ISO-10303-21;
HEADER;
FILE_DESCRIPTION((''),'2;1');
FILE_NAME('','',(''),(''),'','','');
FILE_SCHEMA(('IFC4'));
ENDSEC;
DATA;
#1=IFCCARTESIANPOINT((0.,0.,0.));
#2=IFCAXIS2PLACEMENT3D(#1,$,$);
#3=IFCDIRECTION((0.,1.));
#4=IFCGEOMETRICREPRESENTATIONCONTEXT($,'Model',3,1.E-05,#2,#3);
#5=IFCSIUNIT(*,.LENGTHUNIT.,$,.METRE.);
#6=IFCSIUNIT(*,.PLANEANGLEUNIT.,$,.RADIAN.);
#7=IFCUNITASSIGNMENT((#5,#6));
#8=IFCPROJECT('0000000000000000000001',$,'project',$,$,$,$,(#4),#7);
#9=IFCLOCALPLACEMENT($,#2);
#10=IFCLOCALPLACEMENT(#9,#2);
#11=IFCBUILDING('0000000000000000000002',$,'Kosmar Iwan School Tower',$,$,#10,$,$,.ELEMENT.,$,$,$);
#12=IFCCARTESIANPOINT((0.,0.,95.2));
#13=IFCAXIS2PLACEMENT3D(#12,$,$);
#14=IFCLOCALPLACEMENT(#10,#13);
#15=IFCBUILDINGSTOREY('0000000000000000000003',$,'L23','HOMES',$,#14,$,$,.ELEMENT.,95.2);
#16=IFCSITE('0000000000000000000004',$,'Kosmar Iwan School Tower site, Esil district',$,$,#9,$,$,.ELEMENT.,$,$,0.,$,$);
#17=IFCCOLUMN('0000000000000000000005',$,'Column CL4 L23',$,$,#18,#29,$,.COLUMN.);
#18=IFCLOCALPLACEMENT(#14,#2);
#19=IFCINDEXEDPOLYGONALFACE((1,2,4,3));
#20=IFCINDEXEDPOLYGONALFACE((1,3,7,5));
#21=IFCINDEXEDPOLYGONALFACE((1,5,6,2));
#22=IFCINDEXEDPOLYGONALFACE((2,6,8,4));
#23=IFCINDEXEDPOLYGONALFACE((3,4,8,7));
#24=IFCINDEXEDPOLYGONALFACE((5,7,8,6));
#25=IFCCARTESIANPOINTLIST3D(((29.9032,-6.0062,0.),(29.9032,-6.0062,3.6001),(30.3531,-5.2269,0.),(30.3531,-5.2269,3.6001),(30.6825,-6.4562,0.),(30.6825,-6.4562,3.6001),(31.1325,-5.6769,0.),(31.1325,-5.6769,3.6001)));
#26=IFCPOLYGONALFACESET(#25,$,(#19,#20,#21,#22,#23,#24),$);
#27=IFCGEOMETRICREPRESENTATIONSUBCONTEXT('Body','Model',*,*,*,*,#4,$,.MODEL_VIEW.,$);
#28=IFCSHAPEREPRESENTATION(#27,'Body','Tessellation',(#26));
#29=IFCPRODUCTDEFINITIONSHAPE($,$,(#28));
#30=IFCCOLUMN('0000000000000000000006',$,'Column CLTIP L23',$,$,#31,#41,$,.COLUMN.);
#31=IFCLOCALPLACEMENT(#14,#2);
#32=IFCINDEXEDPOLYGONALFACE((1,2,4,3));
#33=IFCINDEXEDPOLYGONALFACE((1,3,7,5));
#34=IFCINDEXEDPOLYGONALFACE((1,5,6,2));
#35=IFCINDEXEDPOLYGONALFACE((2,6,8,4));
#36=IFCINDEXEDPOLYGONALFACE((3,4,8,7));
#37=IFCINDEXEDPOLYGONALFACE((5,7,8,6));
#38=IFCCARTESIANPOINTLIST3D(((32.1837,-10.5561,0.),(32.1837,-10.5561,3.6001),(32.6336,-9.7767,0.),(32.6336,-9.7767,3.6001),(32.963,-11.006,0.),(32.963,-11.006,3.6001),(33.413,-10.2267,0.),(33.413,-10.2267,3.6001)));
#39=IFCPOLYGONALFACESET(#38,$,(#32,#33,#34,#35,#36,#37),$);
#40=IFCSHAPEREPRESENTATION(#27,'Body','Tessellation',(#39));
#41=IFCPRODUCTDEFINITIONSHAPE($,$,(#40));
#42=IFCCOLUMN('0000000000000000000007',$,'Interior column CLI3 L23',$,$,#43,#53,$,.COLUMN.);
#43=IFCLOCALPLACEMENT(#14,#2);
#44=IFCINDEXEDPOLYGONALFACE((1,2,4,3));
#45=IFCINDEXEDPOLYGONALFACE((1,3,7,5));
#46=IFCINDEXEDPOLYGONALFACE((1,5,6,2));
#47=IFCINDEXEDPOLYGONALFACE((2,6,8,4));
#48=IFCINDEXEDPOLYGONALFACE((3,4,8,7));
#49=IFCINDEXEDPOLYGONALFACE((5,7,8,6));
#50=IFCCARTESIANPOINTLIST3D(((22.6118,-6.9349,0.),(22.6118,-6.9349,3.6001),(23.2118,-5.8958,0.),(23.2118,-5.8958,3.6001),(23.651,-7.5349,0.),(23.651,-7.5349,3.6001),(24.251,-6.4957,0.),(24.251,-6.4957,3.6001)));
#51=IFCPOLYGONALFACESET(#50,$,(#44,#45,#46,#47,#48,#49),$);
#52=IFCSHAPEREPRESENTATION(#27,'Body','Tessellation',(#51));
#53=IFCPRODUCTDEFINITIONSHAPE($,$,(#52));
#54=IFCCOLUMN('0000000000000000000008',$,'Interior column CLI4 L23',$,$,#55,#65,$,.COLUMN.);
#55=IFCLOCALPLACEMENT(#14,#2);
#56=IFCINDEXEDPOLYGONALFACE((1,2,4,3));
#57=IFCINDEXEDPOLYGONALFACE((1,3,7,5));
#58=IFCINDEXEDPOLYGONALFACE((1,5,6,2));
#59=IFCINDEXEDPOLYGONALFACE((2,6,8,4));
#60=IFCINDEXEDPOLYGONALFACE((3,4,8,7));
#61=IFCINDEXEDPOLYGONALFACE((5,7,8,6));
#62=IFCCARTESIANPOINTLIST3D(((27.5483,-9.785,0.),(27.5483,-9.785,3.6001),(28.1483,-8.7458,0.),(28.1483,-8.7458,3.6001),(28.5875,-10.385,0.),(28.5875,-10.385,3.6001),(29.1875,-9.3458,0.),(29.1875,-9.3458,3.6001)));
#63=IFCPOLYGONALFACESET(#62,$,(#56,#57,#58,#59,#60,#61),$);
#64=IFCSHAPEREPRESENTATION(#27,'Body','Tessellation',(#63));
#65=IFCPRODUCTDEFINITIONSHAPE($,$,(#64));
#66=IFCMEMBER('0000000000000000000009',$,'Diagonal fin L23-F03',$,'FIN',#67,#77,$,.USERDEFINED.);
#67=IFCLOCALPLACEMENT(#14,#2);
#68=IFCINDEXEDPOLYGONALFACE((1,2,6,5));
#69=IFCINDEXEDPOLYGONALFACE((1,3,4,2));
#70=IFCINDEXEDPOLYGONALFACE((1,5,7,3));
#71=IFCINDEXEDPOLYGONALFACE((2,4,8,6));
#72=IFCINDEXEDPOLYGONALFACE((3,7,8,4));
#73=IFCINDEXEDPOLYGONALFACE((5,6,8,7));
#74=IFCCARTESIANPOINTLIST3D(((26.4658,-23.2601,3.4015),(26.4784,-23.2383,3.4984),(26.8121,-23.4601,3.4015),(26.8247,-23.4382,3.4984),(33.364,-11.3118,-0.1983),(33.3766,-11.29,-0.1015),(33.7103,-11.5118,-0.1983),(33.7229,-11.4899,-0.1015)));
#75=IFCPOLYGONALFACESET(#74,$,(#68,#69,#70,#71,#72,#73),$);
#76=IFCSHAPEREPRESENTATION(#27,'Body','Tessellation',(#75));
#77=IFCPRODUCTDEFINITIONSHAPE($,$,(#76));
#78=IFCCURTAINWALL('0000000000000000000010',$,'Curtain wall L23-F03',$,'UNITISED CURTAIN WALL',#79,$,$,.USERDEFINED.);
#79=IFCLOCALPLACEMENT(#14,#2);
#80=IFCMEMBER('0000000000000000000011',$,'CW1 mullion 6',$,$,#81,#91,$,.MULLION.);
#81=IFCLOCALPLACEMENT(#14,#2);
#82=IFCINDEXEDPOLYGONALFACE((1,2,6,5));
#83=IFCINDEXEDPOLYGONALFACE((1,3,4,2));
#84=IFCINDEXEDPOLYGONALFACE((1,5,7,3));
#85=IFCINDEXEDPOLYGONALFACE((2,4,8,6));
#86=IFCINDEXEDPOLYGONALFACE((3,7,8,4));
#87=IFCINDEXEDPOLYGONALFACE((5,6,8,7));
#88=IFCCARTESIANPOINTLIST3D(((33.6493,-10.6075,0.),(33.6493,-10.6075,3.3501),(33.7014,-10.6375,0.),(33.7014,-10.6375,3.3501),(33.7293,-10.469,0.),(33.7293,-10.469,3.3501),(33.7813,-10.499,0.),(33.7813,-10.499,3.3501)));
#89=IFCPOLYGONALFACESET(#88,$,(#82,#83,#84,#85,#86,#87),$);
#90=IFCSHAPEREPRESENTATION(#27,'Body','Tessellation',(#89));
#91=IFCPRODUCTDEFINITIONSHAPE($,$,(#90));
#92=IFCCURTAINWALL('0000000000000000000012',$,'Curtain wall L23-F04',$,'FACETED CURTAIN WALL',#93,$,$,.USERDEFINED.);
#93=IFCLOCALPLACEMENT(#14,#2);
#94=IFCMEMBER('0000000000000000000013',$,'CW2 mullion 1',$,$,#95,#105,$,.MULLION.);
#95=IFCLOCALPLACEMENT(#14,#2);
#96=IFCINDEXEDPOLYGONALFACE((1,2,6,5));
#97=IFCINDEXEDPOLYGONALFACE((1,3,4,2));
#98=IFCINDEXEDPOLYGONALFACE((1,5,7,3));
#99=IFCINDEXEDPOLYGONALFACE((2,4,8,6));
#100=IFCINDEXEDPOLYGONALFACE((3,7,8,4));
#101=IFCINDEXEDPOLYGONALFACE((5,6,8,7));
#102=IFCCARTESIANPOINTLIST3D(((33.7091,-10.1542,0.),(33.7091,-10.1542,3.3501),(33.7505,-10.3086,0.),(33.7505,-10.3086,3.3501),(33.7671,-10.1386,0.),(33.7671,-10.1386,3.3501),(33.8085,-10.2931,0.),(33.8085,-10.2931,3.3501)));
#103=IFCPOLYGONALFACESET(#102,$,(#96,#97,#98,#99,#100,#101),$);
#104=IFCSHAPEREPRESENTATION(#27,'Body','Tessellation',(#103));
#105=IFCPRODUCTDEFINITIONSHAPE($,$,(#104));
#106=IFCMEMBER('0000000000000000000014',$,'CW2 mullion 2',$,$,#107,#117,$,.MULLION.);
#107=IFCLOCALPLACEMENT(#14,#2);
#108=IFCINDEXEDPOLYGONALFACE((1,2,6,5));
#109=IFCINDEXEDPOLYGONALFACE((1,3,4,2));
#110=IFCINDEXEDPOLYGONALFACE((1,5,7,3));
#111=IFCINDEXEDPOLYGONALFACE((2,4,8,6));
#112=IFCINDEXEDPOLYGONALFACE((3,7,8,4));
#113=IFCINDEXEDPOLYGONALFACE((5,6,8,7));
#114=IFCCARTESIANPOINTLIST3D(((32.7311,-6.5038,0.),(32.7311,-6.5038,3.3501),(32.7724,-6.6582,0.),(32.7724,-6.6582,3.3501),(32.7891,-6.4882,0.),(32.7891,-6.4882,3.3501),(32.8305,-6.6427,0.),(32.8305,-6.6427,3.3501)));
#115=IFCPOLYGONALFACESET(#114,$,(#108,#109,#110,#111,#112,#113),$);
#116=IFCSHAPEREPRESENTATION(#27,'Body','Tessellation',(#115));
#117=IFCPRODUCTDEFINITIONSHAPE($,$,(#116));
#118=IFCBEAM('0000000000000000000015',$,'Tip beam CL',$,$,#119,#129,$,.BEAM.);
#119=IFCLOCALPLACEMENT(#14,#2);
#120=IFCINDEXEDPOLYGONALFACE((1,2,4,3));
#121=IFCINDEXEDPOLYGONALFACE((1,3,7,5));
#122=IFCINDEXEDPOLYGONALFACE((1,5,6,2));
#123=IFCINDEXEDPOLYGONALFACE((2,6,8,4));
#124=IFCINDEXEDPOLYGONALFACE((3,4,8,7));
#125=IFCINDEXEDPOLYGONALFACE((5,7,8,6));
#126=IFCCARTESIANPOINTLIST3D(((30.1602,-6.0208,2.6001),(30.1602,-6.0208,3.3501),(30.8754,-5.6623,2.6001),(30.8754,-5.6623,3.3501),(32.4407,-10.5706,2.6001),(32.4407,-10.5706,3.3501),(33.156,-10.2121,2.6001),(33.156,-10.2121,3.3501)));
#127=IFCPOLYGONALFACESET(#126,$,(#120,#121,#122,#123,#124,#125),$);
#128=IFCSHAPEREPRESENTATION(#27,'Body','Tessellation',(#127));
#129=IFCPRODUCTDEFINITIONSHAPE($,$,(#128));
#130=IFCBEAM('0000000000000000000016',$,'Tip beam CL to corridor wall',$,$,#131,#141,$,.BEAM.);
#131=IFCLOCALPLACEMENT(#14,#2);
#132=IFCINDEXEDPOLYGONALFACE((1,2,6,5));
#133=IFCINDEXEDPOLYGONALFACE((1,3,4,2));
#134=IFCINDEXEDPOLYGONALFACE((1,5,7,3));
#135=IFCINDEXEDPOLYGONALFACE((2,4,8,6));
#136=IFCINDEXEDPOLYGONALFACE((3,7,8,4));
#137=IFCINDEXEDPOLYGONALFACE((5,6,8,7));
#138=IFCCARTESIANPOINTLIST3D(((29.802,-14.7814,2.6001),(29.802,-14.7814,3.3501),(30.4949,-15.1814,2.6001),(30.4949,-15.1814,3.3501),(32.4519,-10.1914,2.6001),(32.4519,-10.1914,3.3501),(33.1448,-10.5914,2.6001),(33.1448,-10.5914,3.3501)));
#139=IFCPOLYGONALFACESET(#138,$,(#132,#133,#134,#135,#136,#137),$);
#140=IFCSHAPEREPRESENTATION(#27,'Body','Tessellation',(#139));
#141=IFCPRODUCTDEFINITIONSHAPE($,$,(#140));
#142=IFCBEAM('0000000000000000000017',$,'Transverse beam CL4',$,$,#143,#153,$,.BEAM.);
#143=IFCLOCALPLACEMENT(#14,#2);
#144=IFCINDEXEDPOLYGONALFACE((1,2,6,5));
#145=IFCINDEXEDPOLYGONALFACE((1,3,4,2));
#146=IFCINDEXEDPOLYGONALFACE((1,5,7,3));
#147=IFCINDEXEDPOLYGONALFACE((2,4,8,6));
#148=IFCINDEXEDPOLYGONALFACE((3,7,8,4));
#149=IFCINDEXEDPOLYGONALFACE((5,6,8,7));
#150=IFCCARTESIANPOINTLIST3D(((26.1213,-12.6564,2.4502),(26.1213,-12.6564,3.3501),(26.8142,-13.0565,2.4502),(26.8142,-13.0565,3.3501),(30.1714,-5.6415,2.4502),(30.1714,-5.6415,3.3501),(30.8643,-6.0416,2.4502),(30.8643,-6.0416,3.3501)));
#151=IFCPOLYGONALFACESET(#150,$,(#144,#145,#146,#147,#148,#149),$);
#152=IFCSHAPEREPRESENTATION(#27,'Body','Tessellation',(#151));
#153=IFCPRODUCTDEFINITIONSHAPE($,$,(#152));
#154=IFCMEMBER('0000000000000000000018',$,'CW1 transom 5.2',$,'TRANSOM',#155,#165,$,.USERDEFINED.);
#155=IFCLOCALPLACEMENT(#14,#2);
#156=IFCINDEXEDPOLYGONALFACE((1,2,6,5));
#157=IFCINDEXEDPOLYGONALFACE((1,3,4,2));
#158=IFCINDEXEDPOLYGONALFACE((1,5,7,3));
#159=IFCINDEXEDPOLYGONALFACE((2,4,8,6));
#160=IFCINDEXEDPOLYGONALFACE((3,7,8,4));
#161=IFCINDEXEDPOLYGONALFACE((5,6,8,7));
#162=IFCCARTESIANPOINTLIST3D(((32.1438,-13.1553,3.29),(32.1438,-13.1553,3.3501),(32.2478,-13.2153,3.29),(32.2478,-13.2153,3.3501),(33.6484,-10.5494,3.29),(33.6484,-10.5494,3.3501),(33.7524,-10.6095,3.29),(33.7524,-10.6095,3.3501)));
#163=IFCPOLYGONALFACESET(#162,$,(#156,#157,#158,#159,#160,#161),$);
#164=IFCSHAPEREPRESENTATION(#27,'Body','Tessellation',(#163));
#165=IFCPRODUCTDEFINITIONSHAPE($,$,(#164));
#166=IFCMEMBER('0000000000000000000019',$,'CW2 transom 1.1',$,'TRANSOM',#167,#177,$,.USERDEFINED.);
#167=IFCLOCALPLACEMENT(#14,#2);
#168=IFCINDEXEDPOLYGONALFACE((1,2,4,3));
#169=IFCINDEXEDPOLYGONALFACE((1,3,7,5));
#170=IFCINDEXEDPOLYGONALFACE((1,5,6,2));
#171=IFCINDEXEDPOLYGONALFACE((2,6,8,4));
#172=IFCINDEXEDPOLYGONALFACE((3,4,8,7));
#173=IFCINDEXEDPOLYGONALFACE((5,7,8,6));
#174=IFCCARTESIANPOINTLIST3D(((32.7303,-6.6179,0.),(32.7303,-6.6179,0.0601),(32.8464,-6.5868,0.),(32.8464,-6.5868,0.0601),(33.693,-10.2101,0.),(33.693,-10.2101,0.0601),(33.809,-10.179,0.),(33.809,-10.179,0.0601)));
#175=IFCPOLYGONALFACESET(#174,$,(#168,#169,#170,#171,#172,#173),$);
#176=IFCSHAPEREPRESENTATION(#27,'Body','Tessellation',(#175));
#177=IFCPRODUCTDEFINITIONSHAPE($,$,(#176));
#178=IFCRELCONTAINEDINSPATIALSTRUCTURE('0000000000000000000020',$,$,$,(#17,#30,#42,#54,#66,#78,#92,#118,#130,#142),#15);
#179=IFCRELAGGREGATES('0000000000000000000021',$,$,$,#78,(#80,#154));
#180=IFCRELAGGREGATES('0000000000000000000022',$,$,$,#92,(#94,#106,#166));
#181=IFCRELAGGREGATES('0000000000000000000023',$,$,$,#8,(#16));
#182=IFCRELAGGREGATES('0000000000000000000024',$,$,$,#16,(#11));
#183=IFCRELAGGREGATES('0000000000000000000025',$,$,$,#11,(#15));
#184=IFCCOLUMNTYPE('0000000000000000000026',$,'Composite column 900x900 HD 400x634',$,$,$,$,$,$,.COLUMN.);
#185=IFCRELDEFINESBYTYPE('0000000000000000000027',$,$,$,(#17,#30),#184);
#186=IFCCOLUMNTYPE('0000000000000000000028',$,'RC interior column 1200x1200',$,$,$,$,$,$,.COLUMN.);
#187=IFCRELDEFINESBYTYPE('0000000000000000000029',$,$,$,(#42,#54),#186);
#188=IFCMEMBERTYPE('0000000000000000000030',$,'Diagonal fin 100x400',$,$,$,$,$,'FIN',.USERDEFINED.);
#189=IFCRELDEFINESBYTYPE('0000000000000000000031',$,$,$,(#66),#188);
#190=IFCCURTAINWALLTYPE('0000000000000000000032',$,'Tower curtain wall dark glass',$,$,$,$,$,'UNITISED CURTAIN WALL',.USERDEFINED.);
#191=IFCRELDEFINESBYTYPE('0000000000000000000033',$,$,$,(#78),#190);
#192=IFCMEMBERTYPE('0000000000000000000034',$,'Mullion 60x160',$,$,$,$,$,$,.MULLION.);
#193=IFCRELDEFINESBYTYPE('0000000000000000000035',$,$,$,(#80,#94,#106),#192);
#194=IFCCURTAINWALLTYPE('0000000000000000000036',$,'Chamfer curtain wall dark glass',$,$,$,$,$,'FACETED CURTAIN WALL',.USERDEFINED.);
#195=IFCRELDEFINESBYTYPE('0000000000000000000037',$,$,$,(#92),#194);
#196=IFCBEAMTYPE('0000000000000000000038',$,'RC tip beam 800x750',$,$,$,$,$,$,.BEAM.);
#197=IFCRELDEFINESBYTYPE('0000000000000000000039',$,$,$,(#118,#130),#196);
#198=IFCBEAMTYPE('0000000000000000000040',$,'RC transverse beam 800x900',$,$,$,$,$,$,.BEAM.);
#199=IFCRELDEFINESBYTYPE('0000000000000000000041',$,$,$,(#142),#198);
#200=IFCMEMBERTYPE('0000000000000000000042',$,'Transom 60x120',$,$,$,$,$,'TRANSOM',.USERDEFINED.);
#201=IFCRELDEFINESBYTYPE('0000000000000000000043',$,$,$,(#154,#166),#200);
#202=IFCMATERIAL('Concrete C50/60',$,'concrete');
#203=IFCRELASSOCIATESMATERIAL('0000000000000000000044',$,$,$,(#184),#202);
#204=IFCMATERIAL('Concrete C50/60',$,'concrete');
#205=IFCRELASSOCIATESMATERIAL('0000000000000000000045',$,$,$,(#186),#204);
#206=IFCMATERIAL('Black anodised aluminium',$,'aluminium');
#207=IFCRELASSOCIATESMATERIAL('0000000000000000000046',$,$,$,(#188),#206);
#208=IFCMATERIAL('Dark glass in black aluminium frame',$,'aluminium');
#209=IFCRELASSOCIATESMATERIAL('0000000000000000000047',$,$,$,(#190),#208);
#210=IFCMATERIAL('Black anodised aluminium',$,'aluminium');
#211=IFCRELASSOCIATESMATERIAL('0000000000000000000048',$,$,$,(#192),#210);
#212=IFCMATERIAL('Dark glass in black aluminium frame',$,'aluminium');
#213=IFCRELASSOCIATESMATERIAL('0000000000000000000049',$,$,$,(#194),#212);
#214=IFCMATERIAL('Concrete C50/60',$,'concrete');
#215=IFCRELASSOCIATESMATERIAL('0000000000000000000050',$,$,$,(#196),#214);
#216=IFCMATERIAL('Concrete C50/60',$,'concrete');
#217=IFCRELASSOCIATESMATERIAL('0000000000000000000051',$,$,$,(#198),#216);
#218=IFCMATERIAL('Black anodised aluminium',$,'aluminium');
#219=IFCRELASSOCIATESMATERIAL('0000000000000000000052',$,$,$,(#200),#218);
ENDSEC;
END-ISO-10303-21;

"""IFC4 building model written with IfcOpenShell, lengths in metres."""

from ifc_helpers import new_model, si_unit, direction, frame, origin, origin_2d, place, context, subcontext, project, spatial, rectangle, extrude, material, material_profile, profile_set, type_object, element, aggregate, save


model = new_model("IFC4")

# Units and contexts
model_context = context("Model", 3, precision=1e-05, world=origin(), true_north=direction((0.0, 1.0)))
body_context = subcontext(model_context, "Body", "Model", "MODEL_VIEW")
ifc_project = project(units=[si_unit("LENGTHUNIT", "METRE"), si_unit("PLANEANGLEUNIT", "RADIAN")], contexts=[model_context])

# Site, building, storey
site_placement = place(None, origin())
site = spatial("IfcSite", under=ifc_project, at=site_placement, Name="Kosmar Iwan School Tower site, Esil district", CompositionType="ELEMENT", RefElevation=0.0)
building_placement = place(site_placement, origin())
building = spatial("IfcBuilding", under=site, at=building_placement, Name="Kosmar Iwan School Tower", CompositionType="ELEMENT")
storey_placement = place(building_placement, frame((0.0, 0.0, 95.2)))
storey = spatial("IfcBuildingStorey", under=building, at=storey_placement, Name="L23", Description="HOMES", CompositionType="ELEMENT", Elevation=95.2)

# Columns
ifc_material_1 = material(Name="Concrete C50/60", Category="concrete")
ifc_material_profile_1 = material_profile(ifc_material_1, rectangle(XDim=0.8999, YDim=0.8999, at=origin_2d()), Name="RC 900x900 + HD 400x634")
ifc_profile_set_1 = profile_set([ifc_material_profile_1], Name="Concrete C50/60")
column_type_1 = type_object("IfcColumnType", Name="Composite column 900x900 HD 400x634", PredefinedType="COLUMN", material=ifc_profile_set_1)
for number, where, z_axis, x_axis, name in (
    (1, (30.5178, -5.8416, 0.0), (0.0, 0.0, 1.0), (0.866025, -0.5, 0.0), "Column CL4 L23"),
    (2, (32.7983, -10.3914, 0.0), (0.0, 0.0, 1.0), (0.866025, -0.5, 0.0), "Column CLTIP L23"),
):
    element("IfcColumn", number, at=place(storey_placement, frame(where, z_axis=z_axis, x_axis=x_axis)), inside=storey, type_object=column_type_1, Name=name, PredefinedType="COLUMN", context=body_context, shape_type="SweptSolid", body=[
        extrude(rectangle(XDim=0.8999, YDim=0.8999, at=origin_2d()), origin(), (0.0, 0.0, 1.0), 3.6001),
    ])
ifc_material_2 = material(Name="Concrete C50/60", Category="concrete")
ifc_material_profile_2 = material_profile(ifc_material_2, rectangle(XDim=1.2, YDim=1.2, at=origin_2d()), Name="RC 1200x1200")
ifc_profile_set_2 = profile_set([ifc_material_profile_2], Name="Concrete C50/60")
column_type_2 = type_object("IfcColumnType", Name="RC interior column 1200x1200", PredefinedType="COLUMN", material=ifc_profile_set_2)
for number, where, z_axis, x_axis, name in (
    (3, (23.4314, -6.7153, 0.0), (0.0, 0.0, 1.0), (0.866025, -0.5, 0.0), "Interior column CLI3 L23"),
    (4, (28.3679, -9.5654, 0.0), (0.0, 0.0, 1.0), (0.866025, -0.5, 0.0), "Interior column CLI4 L23"),
):
    element("IfcColumn", number, at=place(storey_placement, frame(where, z_axis=z_axis, x_axis=x_axis)), inside=storey, type_object=column_type_2, Name=name, PredefinedType="COLUMN", context=body_context, shape_type="SweptSolid", body=[
        extrude(rectangle(XDim=1.2, YDim=1.2, at=origin_2d()), origin(), (0.0, 0.0, 1.0), 3.6001),
    ])

# Member
ifc_material_3 = material(Name="Black anodised aluminium", Category="aluminium")
ifc_material_profile_3 = material_profile(ifc_material_3, rectangle(XDim=0.1001, YDim=0.3999, at=origin_2d()), Name="FIN 100x400")
ifc_profile_set_3 = profile_set([ifc_material_profile_3], Name="Black anodised aluminium")
member_type_1 = type_object("IfcMemberType", Name="Diagonal fin 100x400", ElementType="FIN", PredefinedType="USERDEFINED", material=ifc_profile_set_3)
member_1_placement = place(storey_placement, frame((33.5435, -11.4009, -0.1499), z_axis=(-0.483796, -0.837974, 0.252471), x_axis=(0.126234, 0.218647, 0.967604)))
element("IfcMember", 5, at=member_1_placement, inside=storey, type_object=member_type_1, Name="Diagonal fin L23-F03", ObjectType="FIN", PredefinedType="USERDEFINED", context=body_context, shape_type="SweptSolid", body=[
    extrude(rectangle(XDim=0.1001, YDim=0.3999, at=origin_2d()), origin(), (0.0, 0.0, 1.0), 14.2585),
])

# Curtain wall, member
ifc_material_4 = material(Name="Dark glass in black aluminium frame", Category="aluminium")
curtain_wall_type_1 = type_object("IfcCurtainWallType", Name="Tower curtain wall dark glass", ElementType="UNITISED CURTAIN WALL", PredefinedType="USERDEFINED", material=ifc_material_4)
curtain_wall_1_placement = place(storey_placement, origin())
curtain_wall_1 = element("IfcCurtainWall", 6, at=curtain_wall_1_placement, inside=storey, type_object=curtain_wall_type_1, Name="Curtain wall L23-F03", ObjectType="UNITISED CURTAIN WALL", PredefinedType="USERDEFINED")
ifc_material_5 = material(Name="Black anodised aluminium", Category="aluminium")
ifc_material_profile_4 = material_profile(ifc_material_5, rectangle(XDim=0.0601, YDim=0.1599, at=origin_2d()), Name="MULLION 60x160")
ifc_profile_set_4 = profile_set([ifc_material_profile_4], Name="Black anodised aluminium")
member_type_2 = type_object("IfcMemberType", Name="Mullion 60x160", PredefinedType="MULLION", material=ifc_profile_set_4)
member_2_placement = place(storey_placement, frame((33.7153, -10.5532, 0.0), z_axis=(0.0, 0.0, 1.0), x_axis=(-0.866025, 0.5, 0.0)))
member_2 = element("IfcMember", 7, at=member_2_placement, type_object=member_type_2, Name="CW1 mullion 6", PredefinedType="MULLION", context=body_context, shape_type="SweptSolid", body=[
    extrude(rectangle(XDim=0.0601, YDim=0.1599, at=origin_2d()), origin(), (0.0, 0.0, 1.0), 3.3501),
])

# Curtain wall, members
ifc_material_6 = material(Name="Dark glass in black aluminium frame", Category="aluminium")
curtain_wall_type_2 = type_object("IfcCurtainWallType", Name="Chamfer curtain wall dark glass", ElementType="FACETED CURTAIN WALL", PredefinedType="USERDEFINED", material=ifc_material_6)
curtain_wall_2_placement = place(storey_placement, origin())
curtain_wall_2 = element("IfcCurtainWall", 8, at=curtain_wall_2_placement, inside=storey, type_object=curtain_wall_type_2, Name="Curtain wall L23-F04", ObjectType="FACETED CURTAIN WALL", PredefinedType="USERDEFINED")
member_3_placement = place(storey_placement, frame((33.7588, -10.2236, 0.0), z_axis=(0.0, 0.0, 1.0), x_axis=(-0.965926, -0.258819, 0.0)))
member_3 = element("IfcMember", 9, at=member_3_placement, type_object=member_type_2, Name="CW2 mullion 1", PredefinedType="MULLION", context=body_context, shape_type="SweptSolid", body=[
    extrude(rectangle(XDim=0.0601, YDim=0.1599, at=origin_2d()), origin(), (0.0, 0.0, 1.0), 3.3501),
])
member_4_placement = place(storey_placement, frame((32.7808, -6.5732, 0.0), z_axis=(0.0, 0.0, 1.0), x_axis=(-0.965926, -0.258819, 0.0)))
member_4 = element("IfcMember", 10, at=member_4_placement, type_object=member_type_2, Name="CW2 mullion 2", PredefinedType="MULLION", context=body_context, shape_type="SweptSolid", body=[
    extrude(rectangle(XDim=0.0601, YDim=0.1599, at=origin_2d()), origin(), (0.0, 0.0, 1.0), 3.3501),
])

# Beams
ifc_material_7 = material(Name="Concrete C50/60", Category="concrete")
ifc_material_profile_5 = material_profile(ifc_material_7, rectangle(XDim=0.8, YDim=0.75, at=origin_2d()), Name="RC 800x750")
ifc_profile_set_5 = profile_set([ifc_material_profile_5], Name="Concrete C50/60")
beam_type_1 = type_object("IfcBeamType", Name="RC tip beam 800x750", PredefinedType="BEAM", material=ifc_profile_set_5)
beam_1_placement = place(storey_placement, frame((30.5178, -5.8416, 2.9751), z_axis=(0.448096, -0.893985, 0.0), x_axis=(0.893985, 0.448096, 0.0)))
element("IfcBeam", 11, at=beam_1_placement, inside=storey, type_object=beam_type_1, Name="Tip beam CL", PredefinedType="BEAM", context=body_context, shape_type="SweptSolid", body=[
    extrude(rectangle(XDim=0.8, YDim=0.75, at=origin_2d()), origin(), (0.0, 0.0, 1.0), 5.0894),
])
beam_2_placement = place(storey_placement, frame((32.7983, -10.3914, 2.9751), z_axis=(-0.499974, -0.866041, 0.0), x_axis=(0.866041, -0.499974, 0.0)))
element("IfcBeam", 12, at=beam_2_placement, inside=storey, type_object=beam_type_1, Name="Tip beam CL to corridor wall", PredefinedType="BEAM", context=body_context, shape_type="SweptSolid", body=[
    extrude(rectangle(XDim=0.8, YDim=0.75, at=origin_2d()), origin(), (0.0, 0.0, 1.0), 5.3),
])
ifc_material_8 = material(Name="Concrete C50/60", Category="concrete")
ifc_material_profile_6 = material_profile(ifc_material_8, rectangle(XDim=0.8, YDim=0.8999, at=origin_2d()), Name="RC 800x900")
ifc_profile_set_6 = profile_set([ifc_material_profile_6], Name="Concrete C50/60")
beam_type_2 = type_object("IfcBeamType", Name="RC transverse beam 800x900", PredefinedType="BEAM", material=ifc_profile_set_6)
beam_3_placement = place(storey_placement, frame((30.5178, -5.8416, 2.9001), z_axis=(-0.5, -0.866025, 0.0), x_axis=(0.866025, -0.5, 0.0)))
element("IfcBeam", 13, at=beam_3_placement, inside=storey, type_object=beam_type_2, Name="Transverse beam CL4", PredefinedType="BEAM", context=body_context, shape_type="SweptSolid", body=[
    extrude(rectangle(XDim=0.8, YDim=0.8999, at=origin_2d()), origin(), (0.0, 0.0, 1.0), 8.1001),
])

# Members
ifc_material_9 = material(Name="Black anodised aluminium", Category="aluminium")
ifc_material_profile_7 = material_profile(ifc_material_9, rectangle(XDim=0.1201, YDim=0.0601, at=origin_2d()), Name="TRANSOM 60x120")
ifc_profile_set_7 = profile_set([ifc_material_profile_7], Name="Black anodised aluminium")
member_type_3 = type_object("IfcMemberType", Name="Transom 60x120", ElementType="TRANSOM", PredefinedType="USERDEFINED", material=ifc_profile_set_7)
member_5_placement = place(storey_placement, frame((32.1958, -13.1853, 3.3201), z_axis=(0.500022, 0.866013, 0.0), x_axis=(-0.866013, 0.500022, 0.0)))
member_5 = element("IfcMember", 14, at=member_5_placement, type_object=member_type_3, Name="CW1 transom 5.2", ObjectType="TRANSOM", PredefinedType="USERDEFINED", context=body_context, shape_type="SweptSolid", body=[
    extrude(rectangle(XDim=0.1201, YDim=0.0601, at=origin_2d()), origin(), (0.0, 0.0, 1.0), 3.009),
])
member_6_placement = place(storey_placement, frame((33.751, -10.1946, 0.03), z_axis=(-0.258843, 0.965919, 0.0), x_axis=(-0.965919, -0.258843, 0.0)))
member_6 = element("IfcMember", 15, at=member_6_placement, type_object=member_type_3, Name="CW2 transom 1.1", ObjectType="TRANSOM", PredefinedType="USERDEFINED", context=body_context, shape_type="SweptSolid", body=[
    extrude(rectangle(XDim=0.1201, YDim=0.0601, at=origin_2d()), origin(), (0.0, 0.0, 1.0), 3.719),
])

aggregate(curtain_wall_1, [member_2, member_5])
aggregate(curtain_wall_2, [member_3, member_4, member_6])

save(model, "model.ifc")
